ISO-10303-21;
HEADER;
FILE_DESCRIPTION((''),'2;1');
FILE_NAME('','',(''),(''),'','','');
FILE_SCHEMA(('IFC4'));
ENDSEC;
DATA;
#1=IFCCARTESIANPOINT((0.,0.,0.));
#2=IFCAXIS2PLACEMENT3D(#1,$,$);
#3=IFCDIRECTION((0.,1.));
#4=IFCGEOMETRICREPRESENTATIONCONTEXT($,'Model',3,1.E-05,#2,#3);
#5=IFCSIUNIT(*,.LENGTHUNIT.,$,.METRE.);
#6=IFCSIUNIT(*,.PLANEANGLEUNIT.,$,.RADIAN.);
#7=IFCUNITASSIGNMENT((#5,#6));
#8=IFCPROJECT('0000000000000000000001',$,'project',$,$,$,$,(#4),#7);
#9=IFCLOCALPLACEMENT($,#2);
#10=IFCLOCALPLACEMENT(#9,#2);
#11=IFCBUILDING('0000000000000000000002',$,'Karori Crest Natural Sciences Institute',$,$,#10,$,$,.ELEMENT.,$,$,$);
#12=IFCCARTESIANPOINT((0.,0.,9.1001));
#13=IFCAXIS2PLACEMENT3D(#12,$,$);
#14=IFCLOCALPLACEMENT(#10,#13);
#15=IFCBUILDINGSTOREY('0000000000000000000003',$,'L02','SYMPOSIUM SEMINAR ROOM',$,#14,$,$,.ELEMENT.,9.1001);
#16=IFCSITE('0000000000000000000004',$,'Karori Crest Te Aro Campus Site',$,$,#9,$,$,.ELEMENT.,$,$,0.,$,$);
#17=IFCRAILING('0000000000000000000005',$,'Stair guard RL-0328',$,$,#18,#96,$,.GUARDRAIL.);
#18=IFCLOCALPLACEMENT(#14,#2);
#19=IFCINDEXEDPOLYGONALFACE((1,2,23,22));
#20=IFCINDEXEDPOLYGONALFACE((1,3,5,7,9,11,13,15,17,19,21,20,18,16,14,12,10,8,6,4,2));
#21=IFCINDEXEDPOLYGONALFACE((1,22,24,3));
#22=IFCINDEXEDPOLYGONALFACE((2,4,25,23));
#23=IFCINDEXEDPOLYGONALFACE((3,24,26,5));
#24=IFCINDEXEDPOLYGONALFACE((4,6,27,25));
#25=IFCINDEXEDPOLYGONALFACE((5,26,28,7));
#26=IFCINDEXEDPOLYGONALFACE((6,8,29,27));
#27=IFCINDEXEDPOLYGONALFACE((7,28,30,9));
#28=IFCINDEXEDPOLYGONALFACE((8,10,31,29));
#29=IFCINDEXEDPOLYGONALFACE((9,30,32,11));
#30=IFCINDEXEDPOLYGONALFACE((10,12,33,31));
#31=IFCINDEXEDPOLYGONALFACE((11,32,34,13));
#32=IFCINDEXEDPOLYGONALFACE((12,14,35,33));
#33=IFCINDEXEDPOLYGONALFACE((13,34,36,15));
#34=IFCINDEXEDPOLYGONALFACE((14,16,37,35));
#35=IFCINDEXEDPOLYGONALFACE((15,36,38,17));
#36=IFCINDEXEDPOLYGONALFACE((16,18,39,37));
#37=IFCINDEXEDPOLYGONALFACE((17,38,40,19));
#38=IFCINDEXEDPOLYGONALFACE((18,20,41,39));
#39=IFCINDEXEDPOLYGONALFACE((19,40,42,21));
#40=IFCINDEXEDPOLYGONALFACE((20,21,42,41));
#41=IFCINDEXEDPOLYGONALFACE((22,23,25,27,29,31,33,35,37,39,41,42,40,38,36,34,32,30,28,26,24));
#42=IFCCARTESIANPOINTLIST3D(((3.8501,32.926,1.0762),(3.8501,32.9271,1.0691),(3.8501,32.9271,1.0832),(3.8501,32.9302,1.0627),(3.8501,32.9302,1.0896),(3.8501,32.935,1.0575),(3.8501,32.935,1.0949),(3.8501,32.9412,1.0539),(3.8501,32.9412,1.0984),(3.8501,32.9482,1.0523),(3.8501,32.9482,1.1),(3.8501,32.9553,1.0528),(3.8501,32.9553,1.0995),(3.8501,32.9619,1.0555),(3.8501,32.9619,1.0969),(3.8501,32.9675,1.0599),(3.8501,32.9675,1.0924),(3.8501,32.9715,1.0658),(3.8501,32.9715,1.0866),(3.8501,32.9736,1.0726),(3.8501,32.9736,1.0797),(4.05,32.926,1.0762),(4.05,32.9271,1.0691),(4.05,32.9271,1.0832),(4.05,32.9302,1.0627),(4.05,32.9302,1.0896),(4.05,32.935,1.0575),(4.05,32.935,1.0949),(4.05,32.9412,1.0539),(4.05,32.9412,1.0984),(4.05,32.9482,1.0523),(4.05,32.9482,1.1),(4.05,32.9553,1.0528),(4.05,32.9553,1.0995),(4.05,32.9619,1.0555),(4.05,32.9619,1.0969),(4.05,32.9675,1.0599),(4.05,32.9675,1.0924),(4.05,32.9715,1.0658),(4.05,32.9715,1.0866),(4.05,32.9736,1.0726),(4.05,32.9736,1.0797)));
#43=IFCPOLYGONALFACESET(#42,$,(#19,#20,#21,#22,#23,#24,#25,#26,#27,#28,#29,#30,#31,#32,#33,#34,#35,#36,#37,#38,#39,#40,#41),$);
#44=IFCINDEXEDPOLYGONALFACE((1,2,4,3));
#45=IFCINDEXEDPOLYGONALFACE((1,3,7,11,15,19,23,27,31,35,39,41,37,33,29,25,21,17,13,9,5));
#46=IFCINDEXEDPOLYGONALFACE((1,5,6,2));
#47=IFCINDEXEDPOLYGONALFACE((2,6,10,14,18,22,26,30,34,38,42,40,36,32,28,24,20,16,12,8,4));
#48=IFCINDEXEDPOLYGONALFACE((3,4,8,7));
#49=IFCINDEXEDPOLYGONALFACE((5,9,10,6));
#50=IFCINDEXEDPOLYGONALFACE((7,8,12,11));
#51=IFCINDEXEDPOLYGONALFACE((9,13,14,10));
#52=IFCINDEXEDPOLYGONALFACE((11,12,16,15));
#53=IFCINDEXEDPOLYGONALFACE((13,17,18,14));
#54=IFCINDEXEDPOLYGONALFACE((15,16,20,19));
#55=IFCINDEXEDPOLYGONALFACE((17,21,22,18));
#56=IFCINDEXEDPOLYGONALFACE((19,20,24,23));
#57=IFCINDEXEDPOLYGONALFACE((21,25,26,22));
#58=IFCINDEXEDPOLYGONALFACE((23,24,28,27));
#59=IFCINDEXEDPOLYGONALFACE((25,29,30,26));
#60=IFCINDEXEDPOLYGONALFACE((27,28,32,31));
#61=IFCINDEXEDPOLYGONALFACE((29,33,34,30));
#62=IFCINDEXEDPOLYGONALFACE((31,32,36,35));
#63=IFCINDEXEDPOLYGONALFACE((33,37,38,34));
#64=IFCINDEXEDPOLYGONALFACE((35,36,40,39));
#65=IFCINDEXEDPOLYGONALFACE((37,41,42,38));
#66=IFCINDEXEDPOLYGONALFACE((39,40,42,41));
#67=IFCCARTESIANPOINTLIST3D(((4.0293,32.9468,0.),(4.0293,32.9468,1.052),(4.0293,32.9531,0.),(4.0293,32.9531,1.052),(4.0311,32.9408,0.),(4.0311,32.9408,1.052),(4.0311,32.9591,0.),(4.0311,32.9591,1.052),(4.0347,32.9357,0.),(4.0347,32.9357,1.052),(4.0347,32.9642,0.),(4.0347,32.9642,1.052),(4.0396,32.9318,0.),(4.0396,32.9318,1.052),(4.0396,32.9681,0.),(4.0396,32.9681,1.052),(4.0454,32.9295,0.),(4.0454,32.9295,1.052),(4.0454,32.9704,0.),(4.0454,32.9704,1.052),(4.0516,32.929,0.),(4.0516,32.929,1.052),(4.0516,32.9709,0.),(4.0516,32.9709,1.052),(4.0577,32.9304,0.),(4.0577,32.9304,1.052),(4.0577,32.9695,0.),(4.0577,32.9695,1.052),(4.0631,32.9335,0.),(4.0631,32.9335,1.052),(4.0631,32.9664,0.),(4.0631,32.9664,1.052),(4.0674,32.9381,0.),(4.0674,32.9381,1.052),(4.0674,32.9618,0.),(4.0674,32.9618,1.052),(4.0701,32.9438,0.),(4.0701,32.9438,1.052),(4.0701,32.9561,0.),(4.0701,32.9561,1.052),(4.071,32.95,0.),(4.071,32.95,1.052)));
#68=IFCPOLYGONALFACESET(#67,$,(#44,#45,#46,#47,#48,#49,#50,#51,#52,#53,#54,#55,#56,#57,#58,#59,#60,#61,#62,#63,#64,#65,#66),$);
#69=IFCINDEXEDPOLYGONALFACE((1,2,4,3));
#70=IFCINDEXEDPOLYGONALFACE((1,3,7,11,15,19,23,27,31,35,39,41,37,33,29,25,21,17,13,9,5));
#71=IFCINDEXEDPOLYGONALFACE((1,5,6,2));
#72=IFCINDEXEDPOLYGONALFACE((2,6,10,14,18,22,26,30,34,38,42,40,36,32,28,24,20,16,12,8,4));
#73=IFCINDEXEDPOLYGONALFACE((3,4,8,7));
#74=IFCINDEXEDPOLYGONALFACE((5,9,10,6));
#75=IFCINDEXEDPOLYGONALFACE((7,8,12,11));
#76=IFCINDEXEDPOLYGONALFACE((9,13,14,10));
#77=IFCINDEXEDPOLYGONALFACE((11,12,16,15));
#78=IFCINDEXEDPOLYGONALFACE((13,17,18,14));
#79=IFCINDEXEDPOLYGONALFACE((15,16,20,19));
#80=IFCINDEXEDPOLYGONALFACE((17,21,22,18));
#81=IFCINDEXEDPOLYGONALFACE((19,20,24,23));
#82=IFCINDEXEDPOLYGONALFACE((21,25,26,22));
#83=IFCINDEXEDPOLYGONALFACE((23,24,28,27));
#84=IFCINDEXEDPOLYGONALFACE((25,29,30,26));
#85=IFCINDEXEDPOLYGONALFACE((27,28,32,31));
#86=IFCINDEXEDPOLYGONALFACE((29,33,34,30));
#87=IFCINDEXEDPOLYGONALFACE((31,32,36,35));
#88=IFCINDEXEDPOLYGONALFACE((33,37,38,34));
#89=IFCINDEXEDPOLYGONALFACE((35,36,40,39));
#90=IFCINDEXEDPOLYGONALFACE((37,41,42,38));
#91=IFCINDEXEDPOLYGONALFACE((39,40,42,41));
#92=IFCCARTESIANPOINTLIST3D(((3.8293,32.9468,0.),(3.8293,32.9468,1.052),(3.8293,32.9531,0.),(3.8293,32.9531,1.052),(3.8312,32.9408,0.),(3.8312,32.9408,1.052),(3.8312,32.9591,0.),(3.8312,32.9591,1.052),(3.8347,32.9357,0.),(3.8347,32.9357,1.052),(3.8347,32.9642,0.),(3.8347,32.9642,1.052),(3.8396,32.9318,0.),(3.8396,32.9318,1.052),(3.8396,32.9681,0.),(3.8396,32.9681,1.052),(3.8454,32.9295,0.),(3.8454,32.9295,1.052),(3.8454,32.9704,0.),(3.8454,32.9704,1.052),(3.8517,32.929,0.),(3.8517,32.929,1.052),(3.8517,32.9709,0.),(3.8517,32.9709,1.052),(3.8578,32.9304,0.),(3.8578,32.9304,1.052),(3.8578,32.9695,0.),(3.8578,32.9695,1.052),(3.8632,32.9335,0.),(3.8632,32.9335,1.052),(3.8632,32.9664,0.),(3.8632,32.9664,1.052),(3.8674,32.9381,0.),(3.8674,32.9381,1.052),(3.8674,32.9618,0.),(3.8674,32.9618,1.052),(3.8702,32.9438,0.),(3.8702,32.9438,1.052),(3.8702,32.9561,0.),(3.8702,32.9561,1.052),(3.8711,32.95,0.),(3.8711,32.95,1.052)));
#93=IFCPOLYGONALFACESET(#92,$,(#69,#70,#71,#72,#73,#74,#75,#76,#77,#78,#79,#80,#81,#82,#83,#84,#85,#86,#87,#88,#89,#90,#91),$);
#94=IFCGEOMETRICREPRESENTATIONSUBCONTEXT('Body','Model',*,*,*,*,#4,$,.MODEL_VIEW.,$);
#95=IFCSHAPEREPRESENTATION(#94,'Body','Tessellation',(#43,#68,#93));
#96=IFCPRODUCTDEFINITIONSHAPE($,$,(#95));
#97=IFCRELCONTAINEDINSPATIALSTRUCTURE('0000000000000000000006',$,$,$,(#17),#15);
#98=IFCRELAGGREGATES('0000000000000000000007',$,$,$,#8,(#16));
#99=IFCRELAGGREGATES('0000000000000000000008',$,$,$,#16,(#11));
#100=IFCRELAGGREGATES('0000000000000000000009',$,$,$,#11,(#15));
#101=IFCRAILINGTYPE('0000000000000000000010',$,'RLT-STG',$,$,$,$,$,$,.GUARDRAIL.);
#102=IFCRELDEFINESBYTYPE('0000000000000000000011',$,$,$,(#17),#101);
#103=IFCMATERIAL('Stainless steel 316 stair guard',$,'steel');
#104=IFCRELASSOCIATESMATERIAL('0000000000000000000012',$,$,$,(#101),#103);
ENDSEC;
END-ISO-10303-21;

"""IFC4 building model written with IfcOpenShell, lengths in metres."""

from ifc_helpers import new_model, si_unit, direction, frame, origin, origin_2d, place, context, subcontext, project, spatial, circle, extrude, material, type_object, element, save


model = new_model("IFC4")

# Units and contexts
model_context = context("Model", 3, precision=1e-05, world=origin(), true_north=direction((0.0, 1.0)))
body_context = subcontext(model_context, "Body", "Model", "MODEL_VIEW")
ifc_project = project(units=[si_unit("LENGTHUNIT", "METRE"), si_unit("PLANEANGLEUNIT", "RADIAN")], contexts=[model_context])

# Site, building, storey
site_placement = place(None, origin())
site = spatial("IfcSite", under=ifc_project, at=site_placement, Name="Karori Crest Te Aro Campus Site", CompositionType="ELEMENT", RefElevation=0.0)
building_placement = place(site_placement, origin())
building = spatial("IfcBuilding", under=site, at=building_placement, Name="Karori Crest Natural Sciences Institute", CompositionType="ELEMENT")
storey_placement = place(building_placement, frame((0.0, 0.0, 9.1001)))
storey = spatial("IfcBuildingStorey", under=building, at=storey_placement, Name="L02", Description="SYMPOSIUM SEMINAR ROOM", CompositionType="ELEMENT", Elevation=9.1001)

# Railing
ifc_material_1 = material(Name="Stainless steel 316 stair guard", Category="steel")
railing_type_1 = type_object("IfcRailingType", Name="RLT-STG", PredefinedType="GUARDRAIL", material=ifc_material_1)
railing_1_placement = place(storey_placement, frame((4.05, 32.95, 0.0)))
element("IfcRailing", 1, at=railing_1_placement, inside=storey, type_object=railing_type_1, Name="Stair guard RL-0328", PredefinedType="GUARDRAIL", context=body_context, shape_type="SweptSolid", body=[
    extrude(circle(Radius=0.0239, at=origin_2d()), frame((0.0, 0.0, 1.0762), z_axis=(-1.0, 0.0, 0.0), x_axis=(0.0, -1.0, 0.0)), (0.0, 0.0, 1.0), 0.2),
    extrude(circle(Radius=0.021, at=origin_2d()), origin(), (0.0, 0.0, 1.0), 1.052),
    extrude(circle(Radius=0.021, at=origin_2d()), frame((-0.2, 0.0, 0.0)), (0.0, 0.0, 1.0), 1.052),
])

save(model, "model.ifc")
